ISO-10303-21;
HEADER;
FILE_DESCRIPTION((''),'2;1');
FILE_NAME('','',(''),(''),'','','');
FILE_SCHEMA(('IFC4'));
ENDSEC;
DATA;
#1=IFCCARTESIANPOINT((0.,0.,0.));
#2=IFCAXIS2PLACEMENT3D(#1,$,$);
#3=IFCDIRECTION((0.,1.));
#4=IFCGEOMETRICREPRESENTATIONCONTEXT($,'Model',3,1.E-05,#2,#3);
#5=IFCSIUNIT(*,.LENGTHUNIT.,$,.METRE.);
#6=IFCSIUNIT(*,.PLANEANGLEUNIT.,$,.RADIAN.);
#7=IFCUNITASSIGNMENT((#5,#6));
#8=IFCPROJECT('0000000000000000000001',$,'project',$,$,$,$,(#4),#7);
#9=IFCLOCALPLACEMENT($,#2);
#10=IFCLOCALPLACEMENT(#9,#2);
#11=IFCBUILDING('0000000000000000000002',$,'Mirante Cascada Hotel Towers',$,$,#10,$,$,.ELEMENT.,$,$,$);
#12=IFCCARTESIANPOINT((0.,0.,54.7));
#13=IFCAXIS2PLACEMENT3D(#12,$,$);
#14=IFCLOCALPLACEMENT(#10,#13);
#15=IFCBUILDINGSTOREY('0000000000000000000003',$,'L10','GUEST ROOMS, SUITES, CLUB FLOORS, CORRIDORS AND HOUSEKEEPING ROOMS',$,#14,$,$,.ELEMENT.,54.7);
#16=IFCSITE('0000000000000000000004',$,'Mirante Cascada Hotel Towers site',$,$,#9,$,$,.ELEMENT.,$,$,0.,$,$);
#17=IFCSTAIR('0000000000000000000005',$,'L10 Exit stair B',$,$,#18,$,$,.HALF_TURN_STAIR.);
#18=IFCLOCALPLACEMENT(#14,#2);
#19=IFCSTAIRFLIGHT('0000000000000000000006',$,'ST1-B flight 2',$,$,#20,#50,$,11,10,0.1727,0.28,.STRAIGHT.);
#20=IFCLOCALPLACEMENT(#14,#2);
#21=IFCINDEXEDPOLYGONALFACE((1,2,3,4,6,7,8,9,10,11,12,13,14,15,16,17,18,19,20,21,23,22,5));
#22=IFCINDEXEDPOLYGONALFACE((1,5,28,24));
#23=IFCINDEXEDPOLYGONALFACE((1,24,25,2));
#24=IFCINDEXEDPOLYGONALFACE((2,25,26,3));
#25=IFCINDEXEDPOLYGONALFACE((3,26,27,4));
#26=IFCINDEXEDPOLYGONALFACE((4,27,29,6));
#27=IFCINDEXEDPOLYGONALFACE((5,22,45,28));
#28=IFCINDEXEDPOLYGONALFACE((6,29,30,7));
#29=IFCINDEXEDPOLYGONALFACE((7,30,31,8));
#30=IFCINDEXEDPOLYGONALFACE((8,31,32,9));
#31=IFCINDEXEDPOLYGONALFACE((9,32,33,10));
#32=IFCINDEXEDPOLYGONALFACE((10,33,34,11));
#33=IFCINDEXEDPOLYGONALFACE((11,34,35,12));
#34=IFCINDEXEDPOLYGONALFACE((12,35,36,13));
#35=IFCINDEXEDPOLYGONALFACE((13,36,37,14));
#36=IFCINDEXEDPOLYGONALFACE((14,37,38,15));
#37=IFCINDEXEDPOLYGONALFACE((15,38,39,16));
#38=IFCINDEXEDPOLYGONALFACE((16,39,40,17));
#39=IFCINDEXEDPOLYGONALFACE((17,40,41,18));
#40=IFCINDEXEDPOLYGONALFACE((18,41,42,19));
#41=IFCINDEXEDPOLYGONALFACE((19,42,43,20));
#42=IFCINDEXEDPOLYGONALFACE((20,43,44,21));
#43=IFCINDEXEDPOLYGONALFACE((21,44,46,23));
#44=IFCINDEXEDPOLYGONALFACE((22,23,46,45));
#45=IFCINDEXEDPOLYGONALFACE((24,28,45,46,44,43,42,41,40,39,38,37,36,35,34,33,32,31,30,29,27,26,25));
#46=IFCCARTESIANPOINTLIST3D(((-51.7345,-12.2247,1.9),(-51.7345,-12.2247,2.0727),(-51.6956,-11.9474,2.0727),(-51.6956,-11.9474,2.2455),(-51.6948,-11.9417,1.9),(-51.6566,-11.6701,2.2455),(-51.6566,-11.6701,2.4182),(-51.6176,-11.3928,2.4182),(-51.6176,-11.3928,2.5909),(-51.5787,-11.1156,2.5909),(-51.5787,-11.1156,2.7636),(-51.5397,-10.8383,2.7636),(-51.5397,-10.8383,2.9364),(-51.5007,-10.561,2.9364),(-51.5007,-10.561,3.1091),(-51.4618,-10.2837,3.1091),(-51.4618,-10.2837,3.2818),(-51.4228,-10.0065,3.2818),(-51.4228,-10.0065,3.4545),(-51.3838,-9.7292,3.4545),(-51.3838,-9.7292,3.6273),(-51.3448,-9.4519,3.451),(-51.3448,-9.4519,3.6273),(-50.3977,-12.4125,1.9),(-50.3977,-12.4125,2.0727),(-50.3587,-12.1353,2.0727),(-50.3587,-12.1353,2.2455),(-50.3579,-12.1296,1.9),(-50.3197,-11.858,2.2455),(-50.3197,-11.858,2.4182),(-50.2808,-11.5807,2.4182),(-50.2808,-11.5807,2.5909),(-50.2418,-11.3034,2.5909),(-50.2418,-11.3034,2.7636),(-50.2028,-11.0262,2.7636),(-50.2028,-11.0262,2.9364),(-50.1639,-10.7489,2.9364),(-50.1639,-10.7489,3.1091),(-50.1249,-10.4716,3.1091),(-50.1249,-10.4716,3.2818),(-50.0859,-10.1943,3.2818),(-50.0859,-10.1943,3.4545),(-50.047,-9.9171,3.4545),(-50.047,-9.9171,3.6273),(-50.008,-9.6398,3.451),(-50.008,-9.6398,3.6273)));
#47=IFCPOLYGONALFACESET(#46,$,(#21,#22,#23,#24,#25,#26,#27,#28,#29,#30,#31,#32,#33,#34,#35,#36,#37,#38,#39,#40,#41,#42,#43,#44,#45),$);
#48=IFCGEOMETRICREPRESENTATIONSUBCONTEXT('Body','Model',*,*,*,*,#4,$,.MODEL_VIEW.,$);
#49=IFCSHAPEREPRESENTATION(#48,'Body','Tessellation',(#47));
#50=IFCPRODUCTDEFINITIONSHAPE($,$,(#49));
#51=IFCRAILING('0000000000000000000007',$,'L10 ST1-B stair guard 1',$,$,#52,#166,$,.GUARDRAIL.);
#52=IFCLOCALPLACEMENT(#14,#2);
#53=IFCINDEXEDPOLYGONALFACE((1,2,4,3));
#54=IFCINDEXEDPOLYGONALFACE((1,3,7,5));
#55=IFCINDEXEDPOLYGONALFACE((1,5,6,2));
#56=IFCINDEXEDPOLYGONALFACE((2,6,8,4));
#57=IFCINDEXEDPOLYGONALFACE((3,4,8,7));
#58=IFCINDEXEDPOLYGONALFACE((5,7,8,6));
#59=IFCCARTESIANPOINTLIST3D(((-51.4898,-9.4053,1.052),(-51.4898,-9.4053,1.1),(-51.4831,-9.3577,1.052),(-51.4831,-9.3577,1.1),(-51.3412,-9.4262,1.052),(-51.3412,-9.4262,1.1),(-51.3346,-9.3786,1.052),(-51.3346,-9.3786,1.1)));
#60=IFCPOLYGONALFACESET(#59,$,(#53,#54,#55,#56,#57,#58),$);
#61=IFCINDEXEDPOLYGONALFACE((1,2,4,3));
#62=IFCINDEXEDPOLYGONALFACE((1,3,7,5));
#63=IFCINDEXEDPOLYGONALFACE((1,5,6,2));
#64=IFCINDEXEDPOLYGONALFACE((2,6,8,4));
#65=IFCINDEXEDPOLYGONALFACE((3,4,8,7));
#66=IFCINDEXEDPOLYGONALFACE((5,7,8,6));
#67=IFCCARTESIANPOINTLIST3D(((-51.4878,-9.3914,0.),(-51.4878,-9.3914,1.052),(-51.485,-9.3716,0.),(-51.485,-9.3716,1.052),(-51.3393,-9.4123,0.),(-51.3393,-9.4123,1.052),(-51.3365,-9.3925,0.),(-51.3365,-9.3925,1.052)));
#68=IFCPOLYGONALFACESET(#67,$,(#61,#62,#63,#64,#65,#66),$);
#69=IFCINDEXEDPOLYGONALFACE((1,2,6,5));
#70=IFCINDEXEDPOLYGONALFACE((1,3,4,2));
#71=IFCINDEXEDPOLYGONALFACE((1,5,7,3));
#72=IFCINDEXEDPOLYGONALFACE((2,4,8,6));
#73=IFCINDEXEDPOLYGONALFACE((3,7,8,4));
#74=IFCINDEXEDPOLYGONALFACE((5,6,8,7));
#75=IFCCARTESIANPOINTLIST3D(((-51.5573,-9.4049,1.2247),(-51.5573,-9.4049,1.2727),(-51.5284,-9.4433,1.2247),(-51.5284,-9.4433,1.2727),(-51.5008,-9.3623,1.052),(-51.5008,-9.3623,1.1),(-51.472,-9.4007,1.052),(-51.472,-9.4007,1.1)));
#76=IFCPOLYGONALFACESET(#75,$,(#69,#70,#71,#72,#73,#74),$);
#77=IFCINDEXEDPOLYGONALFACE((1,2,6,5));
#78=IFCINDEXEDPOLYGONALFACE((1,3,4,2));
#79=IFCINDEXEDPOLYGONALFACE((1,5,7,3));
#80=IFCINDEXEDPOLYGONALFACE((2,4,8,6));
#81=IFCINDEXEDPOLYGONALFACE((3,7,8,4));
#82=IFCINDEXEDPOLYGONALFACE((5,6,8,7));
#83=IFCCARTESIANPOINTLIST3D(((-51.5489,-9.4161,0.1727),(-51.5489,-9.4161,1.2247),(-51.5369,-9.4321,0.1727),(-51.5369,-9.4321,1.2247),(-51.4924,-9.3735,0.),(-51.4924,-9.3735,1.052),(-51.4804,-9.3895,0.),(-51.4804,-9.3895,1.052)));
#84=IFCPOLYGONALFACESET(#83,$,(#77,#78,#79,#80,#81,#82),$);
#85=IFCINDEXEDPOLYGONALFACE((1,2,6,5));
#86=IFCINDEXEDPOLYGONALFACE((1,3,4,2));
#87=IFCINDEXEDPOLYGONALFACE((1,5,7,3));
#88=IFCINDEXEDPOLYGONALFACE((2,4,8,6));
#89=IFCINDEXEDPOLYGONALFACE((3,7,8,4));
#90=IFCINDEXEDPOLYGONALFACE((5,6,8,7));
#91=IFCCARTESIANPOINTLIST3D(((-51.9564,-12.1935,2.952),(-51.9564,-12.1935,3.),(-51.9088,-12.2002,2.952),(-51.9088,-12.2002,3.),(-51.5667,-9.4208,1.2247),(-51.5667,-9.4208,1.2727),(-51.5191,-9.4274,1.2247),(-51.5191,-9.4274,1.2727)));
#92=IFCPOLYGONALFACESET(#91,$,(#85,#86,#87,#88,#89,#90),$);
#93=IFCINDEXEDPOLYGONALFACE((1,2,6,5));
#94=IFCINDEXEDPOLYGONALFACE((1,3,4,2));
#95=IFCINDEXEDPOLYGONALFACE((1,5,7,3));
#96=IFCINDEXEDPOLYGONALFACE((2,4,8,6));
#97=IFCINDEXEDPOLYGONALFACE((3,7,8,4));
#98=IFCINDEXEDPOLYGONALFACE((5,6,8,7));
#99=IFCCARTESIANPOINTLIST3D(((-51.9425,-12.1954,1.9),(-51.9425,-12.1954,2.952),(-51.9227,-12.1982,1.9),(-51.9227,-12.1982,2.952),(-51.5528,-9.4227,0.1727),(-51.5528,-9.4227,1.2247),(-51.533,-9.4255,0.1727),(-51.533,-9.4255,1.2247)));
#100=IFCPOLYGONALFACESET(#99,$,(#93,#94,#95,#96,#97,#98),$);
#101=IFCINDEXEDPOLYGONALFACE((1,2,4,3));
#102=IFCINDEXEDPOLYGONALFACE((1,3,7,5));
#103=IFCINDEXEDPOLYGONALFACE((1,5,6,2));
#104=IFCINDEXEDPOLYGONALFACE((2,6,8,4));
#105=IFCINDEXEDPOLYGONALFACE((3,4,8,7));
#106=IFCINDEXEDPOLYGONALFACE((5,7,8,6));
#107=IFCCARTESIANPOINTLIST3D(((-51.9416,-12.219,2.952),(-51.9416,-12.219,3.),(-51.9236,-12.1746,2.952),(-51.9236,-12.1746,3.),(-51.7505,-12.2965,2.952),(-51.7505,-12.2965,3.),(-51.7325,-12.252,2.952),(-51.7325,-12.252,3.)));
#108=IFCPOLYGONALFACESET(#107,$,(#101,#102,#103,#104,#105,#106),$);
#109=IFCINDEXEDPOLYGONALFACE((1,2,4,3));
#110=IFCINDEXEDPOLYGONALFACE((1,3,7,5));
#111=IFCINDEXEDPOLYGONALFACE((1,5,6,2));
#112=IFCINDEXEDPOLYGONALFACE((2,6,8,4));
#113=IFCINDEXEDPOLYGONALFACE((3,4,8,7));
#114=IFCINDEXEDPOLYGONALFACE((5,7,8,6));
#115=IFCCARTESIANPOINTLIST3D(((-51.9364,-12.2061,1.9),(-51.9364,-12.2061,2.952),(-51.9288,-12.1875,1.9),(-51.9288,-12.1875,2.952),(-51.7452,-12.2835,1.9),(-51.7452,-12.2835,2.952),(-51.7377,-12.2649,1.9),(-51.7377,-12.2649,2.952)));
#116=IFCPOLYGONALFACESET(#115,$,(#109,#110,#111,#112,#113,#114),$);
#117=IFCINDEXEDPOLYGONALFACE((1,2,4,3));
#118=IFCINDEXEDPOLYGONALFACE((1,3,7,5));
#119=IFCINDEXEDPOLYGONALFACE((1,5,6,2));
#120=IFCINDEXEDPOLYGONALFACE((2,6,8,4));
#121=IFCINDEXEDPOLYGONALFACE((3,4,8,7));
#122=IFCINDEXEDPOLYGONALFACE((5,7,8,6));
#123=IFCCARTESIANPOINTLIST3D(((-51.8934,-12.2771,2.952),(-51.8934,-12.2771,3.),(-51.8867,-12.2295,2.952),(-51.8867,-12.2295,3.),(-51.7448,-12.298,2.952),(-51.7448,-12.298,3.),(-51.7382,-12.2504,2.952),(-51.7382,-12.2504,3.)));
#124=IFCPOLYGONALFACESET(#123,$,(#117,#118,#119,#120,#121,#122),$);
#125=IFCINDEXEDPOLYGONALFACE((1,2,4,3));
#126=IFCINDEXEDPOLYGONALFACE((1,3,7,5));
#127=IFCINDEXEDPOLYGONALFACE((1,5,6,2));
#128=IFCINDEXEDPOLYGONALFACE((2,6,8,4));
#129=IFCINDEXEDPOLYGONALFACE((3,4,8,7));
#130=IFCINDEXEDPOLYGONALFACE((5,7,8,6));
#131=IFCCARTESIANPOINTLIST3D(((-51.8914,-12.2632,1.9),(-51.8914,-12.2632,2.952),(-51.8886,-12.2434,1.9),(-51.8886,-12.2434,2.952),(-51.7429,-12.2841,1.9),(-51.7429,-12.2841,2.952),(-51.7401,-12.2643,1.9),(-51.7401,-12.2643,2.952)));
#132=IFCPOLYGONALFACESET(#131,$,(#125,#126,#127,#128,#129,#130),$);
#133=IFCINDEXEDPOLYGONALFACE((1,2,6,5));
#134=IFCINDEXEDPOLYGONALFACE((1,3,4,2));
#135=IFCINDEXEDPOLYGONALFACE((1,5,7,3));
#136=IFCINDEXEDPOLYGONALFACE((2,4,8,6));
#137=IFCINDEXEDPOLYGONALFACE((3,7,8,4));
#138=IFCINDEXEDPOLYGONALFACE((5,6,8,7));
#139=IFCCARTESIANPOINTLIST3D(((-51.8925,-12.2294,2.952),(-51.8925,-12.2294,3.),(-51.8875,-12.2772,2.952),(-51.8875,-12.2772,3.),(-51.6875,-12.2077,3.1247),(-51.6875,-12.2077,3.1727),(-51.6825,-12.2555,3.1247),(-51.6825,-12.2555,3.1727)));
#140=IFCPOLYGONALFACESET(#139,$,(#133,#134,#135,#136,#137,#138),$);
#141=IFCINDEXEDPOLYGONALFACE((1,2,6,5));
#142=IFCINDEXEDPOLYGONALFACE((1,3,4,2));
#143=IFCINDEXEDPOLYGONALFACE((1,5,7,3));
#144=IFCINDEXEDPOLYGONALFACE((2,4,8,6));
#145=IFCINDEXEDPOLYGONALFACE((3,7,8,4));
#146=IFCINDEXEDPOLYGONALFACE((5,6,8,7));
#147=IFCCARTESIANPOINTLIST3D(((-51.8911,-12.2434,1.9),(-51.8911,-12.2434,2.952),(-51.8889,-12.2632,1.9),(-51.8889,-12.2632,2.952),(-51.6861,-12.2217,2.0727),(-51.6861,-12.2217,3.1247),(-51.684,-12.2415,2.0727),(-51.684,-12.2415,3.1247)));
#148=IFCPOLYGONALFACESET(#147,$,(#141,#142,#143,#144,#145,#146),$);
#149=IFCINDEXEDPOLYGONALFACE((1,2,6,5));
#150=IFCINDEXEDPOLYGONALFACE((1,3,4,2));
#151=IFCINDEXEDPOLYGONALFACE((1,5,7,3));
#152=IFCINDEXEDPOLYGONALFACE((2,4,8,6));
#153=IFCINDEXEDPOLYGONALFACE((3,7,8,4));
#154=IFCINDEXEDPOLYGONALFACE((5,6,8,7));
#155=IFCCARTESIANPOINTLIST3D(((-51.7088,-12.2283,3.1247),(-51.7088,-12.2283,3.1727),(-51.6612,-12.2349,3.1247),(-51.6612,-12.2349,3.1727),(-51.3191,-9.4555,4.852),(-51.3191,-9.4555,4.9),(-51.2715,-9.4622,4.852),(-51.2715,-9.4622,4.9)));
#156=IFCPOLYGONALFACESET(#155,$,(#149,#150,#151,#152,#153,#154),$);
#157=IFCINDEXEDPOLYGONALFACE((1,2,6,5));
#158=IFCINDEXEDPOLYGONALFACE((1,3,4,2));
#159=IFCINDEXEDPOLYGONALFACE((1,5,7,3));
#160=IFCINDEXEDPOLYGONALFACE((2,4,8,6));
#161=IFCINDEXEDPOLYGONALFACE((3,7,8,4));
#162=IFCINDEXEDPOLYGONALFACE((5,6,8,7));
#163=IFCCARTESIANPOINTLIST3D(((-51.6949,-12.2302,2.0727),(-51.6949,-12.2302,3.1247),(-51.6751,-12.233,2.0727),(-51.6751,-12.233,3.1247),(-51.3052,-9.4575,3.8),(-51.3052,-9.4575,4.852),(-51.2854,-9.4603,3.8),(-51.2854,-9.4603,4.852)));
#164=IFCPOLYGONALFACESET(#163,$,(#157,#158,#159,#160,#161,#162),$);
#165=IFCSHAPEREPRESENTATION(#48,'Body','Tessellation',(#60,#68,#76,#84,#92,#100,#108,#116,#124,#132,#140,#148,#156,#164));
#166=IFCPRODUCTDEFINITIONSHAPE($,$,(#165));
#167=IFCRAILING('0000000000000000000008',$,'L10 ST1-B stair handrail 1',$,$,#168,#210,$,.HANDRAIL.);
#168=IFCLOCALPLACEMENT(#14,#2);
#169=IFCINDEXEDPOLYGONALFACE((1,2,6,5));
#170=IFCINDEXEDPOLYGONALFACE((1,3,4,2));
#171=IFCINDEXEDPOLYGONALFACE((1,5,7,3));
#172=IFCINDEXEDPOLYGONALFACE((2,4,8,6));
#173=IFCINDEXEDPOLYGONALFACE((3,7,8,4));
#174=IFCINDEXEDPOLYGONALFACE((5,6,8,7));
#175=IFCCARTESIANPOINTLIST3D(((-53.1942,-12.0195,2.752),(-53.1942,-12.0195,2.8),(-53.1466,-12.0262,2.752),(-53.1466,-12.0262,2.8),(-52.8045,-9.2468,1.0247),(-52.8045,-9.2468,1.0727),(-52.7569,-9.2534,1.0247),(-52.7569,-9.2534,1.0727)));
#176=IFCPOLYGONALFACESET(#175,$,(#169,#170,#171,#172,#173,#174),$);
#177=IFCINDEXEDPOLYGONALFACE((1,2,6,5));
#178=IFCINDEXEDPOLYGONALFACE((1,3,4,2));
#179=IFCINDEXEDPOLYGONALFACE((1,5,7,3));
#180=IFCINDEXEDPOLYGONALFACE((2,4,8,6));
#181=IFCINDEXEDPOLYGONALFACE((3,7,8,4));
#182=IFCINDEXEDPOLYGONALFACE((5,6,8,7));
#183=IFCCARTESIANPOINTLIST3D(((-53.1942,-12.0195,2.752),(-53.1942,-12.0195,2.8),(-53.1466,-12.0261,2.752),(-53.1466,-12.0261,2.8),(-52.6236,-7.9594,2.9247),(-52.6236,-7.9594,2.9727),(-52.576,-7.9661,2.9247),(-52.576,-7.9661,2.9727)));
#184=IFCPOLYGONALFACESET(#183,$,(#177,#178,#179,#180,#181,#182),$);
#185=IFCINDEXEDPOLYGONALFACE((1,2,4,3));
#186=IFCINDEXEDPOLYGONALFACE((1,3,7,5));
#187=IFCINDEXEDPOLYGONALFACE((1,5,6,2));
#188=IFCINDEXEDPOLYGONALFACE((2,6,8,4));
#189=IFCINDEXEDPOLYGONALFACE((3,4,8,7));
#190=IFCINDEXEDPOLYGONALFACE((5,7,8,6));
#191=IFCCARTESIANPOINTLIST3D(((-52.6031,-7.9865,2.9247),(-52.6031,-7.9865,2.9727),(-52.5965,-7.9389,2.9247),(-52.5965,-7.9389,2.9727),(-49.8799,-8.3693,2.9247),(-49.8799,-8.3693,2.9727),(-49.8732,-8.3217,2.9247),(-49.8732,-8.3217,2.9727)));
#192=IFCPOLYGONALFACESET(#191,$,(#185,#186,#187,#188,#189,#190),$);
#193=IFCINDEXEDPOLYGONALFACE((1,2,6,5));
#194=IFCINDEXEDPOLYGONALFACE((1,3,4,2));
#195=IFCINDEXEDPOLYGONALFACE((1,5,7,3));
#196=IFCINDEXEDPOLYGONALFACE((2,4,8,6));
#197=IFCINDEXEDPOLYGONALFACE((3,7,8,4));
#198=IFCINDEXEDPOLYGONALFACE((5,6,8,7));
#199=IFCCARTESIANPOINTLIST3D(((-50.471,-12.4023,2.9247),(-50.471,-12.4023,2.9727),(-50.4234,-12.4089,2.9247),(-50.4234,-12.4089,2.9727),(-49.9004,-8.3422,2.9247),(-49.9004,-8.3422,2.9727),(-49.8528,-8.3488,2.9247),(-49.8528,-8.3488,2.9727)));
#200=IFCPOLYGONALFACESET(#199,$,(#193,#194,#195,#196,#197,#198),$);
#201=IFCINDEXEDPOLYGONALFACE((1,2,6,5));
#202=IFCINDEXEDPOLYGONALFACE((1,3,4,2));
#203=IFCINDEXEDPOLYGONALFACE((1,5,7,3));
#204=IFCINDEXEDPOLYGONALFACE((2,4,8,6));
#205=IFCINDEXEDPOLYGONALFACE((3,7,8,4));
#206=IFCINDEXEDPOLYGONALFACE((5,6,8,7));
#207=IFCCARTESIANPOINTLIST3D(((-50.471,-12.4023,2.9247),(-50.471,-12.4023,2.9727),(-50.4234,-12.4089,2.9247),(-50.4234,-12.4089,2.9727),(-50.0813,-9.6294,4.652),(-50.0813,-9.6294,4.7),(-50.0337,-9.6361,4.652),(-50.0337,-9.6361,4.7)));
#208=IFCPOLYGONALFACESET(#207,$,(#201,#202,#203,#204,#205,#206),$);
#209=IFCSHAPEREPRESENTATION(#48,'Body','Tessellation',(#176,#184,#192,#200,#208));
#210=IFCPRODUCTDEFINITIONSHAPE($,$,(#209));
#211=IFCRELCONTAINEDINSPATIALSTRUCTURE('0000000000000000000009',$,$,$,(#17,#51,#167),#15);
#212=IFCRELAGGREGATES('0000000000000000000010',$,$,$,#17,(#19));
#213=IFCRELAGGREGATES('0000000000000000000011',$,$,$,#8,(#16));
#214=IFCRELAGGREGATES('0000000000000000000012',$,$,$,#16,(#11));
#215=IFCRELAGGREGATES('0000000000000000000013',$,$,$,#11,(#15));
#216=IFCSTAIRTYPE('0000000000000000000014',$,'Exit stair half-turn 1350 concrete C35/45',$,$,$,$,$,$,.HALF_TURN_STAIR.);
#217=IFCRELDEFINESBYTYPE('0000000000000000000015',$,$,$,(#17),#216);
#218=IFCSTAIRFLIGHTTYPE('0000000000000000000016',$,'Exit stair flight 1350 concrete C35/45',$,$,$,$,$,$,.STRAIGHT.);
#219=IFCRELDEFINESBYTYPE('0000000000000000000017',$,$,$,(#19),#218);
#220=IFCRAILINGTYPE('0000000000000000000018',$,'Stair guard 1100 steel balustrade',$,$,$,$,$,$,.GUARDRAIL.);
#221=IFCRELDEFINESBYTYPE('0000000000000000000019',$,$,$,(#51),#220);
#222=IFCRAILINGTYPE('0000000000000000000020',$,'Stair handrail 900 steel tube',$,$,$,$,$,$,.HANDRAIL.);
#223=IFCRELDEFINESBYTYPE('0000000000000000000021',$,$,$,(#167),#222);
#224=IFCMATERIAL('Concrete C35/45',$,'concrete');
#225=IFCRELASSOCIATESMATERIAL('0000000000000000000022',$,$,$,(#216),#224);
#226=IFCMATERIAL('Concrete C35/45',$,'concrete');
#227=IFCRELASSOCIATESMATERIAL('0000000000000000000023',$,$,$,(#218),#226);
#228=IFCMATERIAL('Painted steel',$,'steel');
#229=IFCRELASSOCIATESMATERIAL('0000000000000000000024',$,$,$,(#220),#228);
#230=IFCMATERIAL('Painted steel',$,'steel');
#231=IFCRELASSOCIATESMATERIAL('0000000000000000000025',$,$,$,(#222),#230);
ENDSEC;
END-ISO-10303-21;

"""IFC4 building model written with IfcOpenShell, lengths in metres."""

from ifc_helpers import new_model, si_unit, direction, frame, origin, origin_2d, place, context, subcontext, project, spatial, polyline, rectangle, outline, extrude, material, type_object, element, aggregate, save


model = new_model("IFC4")

# Units and contexts
model_context = context("Model", 3, precision=1e-05, world=origin(), true_north=direction((0.0, 1.0)))
body_context = subcontext(model_context, "Body", "Model", "MODEL_VIEW")
ifc_project = project(units=[si_unit("LENGTHUNIT", "METRE"), si_unit("PLANEANGLEUNIT", "RADIAN")], contexts=[model_context])

# Site, building, storey
site_placement = place(None, origin())
site = spatial("IfcSite", under=ifc_project, at=site_placement, Name="Mirante Cascada Hotel Towers site", CompositionType="ELEMENT", RefElevation=0.0)
building_placement = place(site_placement, origin())
building = spatial("IfcBuilding", under=site, at=building_placement, Name="Mirante Cascada Hotel Towers", CompositionType="ELEMENT")
storey_placement = place(building_placement, frame((0.0, 0.0, 54.7)))
storey = spatial("IfcBuildingStorey", under=building, at=storey_placement, Name="L10", Description="GUEST ROOMS, SUITES, CLUB FLOORS, CORRIDORS AND HOUSEKEEPING ROOMS", CompositionType="ELEMENT", Elevation=54.7)

# Stair, stair flight
ifc_material_1 = material(Name="Concrete C35/45", Category="concrete")
stair_type = type_object("IfcStairType", Name="Exit stair half-turn 1350 concrete C35/45", PredefinedType="HALF_TURN_STAIR", material=ifc_material_1)
stair_placement = place(storey_placement, origin())
stair = element("IfcStair", 1, at=stair_placement, inside=storey, type_object=stair_type, Name="L10 Exit stair B", PredefinedType="HALF_TURN_STAIR")
ifc_material_2 = material(Name="Concrete C35/45", Category="concrete")
stair_flight_type = type_object("IfcStairFlightType", Name="Exit stair flight 1350 concrete C35/45", PredefinedType="STRAIGHT", material=ifc_material_2)
stair_flight_1_placement = place(storey_placement, frame((-51.0661, -12.3186, 1.9), z_axis=(0.0, 0.0, 1.0), x_axis=(0.139173, 0.990268, 0.0)))
stair_flight_1 = element("IfcStairFlight", 2, at=stair_flight_1_placement, type_object=stair_flight_type, Name="ST1-B flight 2", NumberOfRisers=11, NumberOfTreads=10, PredefinedType="STRAIGHT", RiserHeight=0.1727, TreadLength=0.28, context=body_context, shape_type="SweptSolid", body=[
    extrude(outline(polyline([(0.0, 0.0), (0.0, 0.1727), (0.28, 0.1727), (0.28, 0.3455), (0.56, 0.3455), (0.56, 0.5182), (0.84, 0.5182), (0.84, 0.6909), (1.12, 0.6909), (1.12, 0.8636), (1.4, 0.8636), (1.4, 1.0364), (1.68, 1.0364), (1.68, 1.2091), (1.96, 1.2091), (1.96, 1.3818), (2.24, 1.3818), (2.24, 1.5545), (2.52, 1.5545), (2.52, 1.7273), (2.8, 1.7273), (2.8, 1.9), (2.8, 1.551), (0.2857, 0.0), (0.0, 0.0)])), frame((0.0, 0.675, 0.0), z_axis=(0.0, -1.0, 0.0), x_axis=(1.0, 0.0, 0.0)), (0.0, 0.0, 1.0), 1.35),
])
aggregate(stair, [stair_flight_1])

# Railings
ifc_material_3 = material(Name="Painted steel", Category="steel")
railing_type_1 = type_object("IfcRailingType", Name="Stair guard 1100 steel balustrade", PredefinedType="GUARDRAIL", material=ifc_material_3)
railing_1_placement = place(storey_placement, frame((-51.3379, -9.4024, 0.0)))
element("IfcRailing", 3, at=railing_1_placement, inside=storey, type_object=railing_type_1, Name="L10 ST1-B stair guard 1", PredefinedType="GUARDRAIL", context=body_context, shape_type="SweptSolid", body=[
    extrude(rectangle(XDim=0.048, YDim=0.048, at=origin_2d()), frame((0.0, 0.0, 1.076), z_axis=(-0.990241, 0.139367, 0.0), x_axis=(-0.139367, -0.990241, 0.0)), (0.0, 0.0, 1.0), 0.15),
    extrude(rectangle(XDim=0.02, YDim=1.052, at=origin_2d()), frame((0.0, 0.0, 0.526), z_axis=(-0.990241, 0.139367, 0.0), x_axis=(-0.139367, -0.990241, 0.0)), (0.0, 0.0, 1.0), 0.15),
    extrude(rectangle(XDim=0.048, YDim=0.048, at=origin_2d()), frame((-0.1485, 0.0209, 1.076), z_axis=(-0.798471, -0.602033, 0.0), x_axis=(0.602033, -0.798471, 0.0)), (0.0, 0.92534, 0.379139), 0.1866),
    extrude(rectangle(XDim=0.02, YDim=1.052, at=origin_2d()), frame((-0.1485, 0.0209, 0.526), z_axis=(-0.798471, -0.602033, 0.0), x_axis=(0.602033, -0.798471, 0.0)), (0.0, 0.92534, 0.379139), 0.1866),
    extrude(rectangle(XDim=0.048, YDim=0.048, at=origin_2d()), frame((-0.205, -0.0217, 1.2487), z_axis=(-0.139181, -0.990267, 0.0), x_axis=(0.990267, -0.139181, 0.0)), (0.0, 0.525035, 0.851081), 3.2899),
    extrude(rectangle(XDim=0.02, YDim=1.052, at=origin_2d()), frame((-0.205, -0.0217, 0.6987), z_axis=(-0.139181, -0.990267, 0.0), x_axis=(0.990267, -0.139181, 0.0)), (0.0, 0.525035, 0.851081), 3.2899),
    extrude(rectangle(XDim=0.048, YDim=0.048, at=origin_2d()), frame((-0.5947, -2.7944, 2.976), z_axis=(0.926862, -0.375401, 0.0), x_axis=(0.375401, 0.926862, 0.0)), (0.0, 0.0, 1.0), 0.2062),
    extrude(rectangle(XDim=0.02, YDim=1.052, at=origin_2d()), frame((-0.5947, -2.7944, 2.426), z_axis=(0.926862, -0.375401, 0.0), x_axis=(0.375401, 0.926862, 0.0)), (0.0, 0.0, 1.0), 0.2062),
    extrude(rectangle(XDim=0.048, YDim=0.048, at=origin_2d()), frame((-0.4036, -2.8718, 2.976), z_axis=(-0.990241, 0.139367, 0.0), x_axis=(-0.139367, -0.990241, 0.0)), (0.0, 0.0, 1.0), 0.15),
    extrude(rectangle(XDim=0.02, YDim=1.052, at=origin_2d()), frame((-0.4036, -2.8718, 2.426), z_axis=(-0.990241, 0.139367, 0.0), x_axis=(-0.139367, -0.990241, 0.0)), (0.0, 0.0, 1.0), 0.15),
    extrude(rectangle(XDim=0.048, YDim=0.048, at=origin_2d()), frame((-0.5521, -2.8509, 2.976), z_axis=(0.994444, 0.105266, 0.0), x_axis=(-0.105266, 0.994444, 0.0)), (0.0, 0.642184, 0.76655), 0.2689),
    extrude(rectangle(XDim=0.02, YDim=1.052, at=origin_2d()), frame((-0.5521, -2.8509, 2.426), z_axis=(0.994444, 0.105266, 0.0), x_axis=(-0.105266, 0.994444, 0.0)), (0.0, 0.642184, 0.76655), 0.2689),
    extrude(rectangle(XDim=0.048, YDim=0.048, at=origin_2d()), frame((-0.3471, -2.8292, 3.1487), z_axis=(0.139181, 0.990267, 0.0), x_axis=(-0.990267, 0.139181, 0.0)), (0.0, 0.525035, 0.851081), 3.2899),
    extrude(rectangle(XDim=0.02, YDim=1.052, at=origin_2d()), frame((-0.3471, -2.8292, 2.5987), z_axis=(0.139181, 0.990267, 0.0), x_axis=(-0.990267, 0.139181, 0.0)), (0.0, 0.525035, 0.851081), 3.2899),
])
ifc_material_4 = material(Name="Painted steel", Category="steel")
railing_type_2 = type_object("IfcRailingType", Name="Stair handrail 900 steel tube", PredefinedType="HANDRAIL", material=ifc_material_4)
railing_2_placement = place(storey_placement, frame((-52.7807, -9.2501, 0.1727)))
element("IfcRailing", 4, at=railing_2_placement, inside=storey, type_object=railing_type_2, Name="L10 ST1-B stair handrail 1", PredefinedType="HANDRAIL", context=body_context, shape_type="SweptSolid", body=[
    extrude(rectangle(XDim=0.048, YDim=0.048, at=origin_2d()), frame((0.0, 0.0, 0.876), z_axis=(-0.139181, -0.990267, 0.0), x_axis=(0.990267, -0.139181, 0.0)), (0.0, 0.525035, 0.851081), 3.2899),
    extrude(rectangle(XDim=0.048, YDim=0.048, at=origin_2d()), frame((-0.3897, -2.7727, 2.6033), z_axis=(0.139171, 0.990268, 0.0), x_axis=(-0.990268, 0.139171, 0.0)), (0.0, 0.042085, 0.999114), 4.1036),
    extrude(rectangle(XDim=0.048, YDim=0.048, at=origin_2d()), frame((0.1809, 1.2874, 2.776), z_axis=(0.990264, -0.139201, 0.0), x_axis=(0.139201, 0.990264, 0.0)), (0.0, 0.0, 1.0), 2.75),
    extrude(rectangle(XDim=0.048, YDim=0.048, at=origin_2d()), frame((2.9041, 0.9046, 2.776), z_axis=(-0.139171, -0.990268, 0.0), x_axis=(0.990268, -0.139171, 0.0)), (0.0, 0.0, 1.0), 4.1),
    extrude(rectangle(XDim=0.048, YDim=0.048, at=origin_2d()), frame((2.3335, -3.1555, 2.776), z_axis=(0.139176, 0.990268, 0.0), x_axis=(-0.990268, 0.139176, 0.0)), (0.0, 0.525021, 0.851089), 3.29),
])

save(model, "model.ifc")
